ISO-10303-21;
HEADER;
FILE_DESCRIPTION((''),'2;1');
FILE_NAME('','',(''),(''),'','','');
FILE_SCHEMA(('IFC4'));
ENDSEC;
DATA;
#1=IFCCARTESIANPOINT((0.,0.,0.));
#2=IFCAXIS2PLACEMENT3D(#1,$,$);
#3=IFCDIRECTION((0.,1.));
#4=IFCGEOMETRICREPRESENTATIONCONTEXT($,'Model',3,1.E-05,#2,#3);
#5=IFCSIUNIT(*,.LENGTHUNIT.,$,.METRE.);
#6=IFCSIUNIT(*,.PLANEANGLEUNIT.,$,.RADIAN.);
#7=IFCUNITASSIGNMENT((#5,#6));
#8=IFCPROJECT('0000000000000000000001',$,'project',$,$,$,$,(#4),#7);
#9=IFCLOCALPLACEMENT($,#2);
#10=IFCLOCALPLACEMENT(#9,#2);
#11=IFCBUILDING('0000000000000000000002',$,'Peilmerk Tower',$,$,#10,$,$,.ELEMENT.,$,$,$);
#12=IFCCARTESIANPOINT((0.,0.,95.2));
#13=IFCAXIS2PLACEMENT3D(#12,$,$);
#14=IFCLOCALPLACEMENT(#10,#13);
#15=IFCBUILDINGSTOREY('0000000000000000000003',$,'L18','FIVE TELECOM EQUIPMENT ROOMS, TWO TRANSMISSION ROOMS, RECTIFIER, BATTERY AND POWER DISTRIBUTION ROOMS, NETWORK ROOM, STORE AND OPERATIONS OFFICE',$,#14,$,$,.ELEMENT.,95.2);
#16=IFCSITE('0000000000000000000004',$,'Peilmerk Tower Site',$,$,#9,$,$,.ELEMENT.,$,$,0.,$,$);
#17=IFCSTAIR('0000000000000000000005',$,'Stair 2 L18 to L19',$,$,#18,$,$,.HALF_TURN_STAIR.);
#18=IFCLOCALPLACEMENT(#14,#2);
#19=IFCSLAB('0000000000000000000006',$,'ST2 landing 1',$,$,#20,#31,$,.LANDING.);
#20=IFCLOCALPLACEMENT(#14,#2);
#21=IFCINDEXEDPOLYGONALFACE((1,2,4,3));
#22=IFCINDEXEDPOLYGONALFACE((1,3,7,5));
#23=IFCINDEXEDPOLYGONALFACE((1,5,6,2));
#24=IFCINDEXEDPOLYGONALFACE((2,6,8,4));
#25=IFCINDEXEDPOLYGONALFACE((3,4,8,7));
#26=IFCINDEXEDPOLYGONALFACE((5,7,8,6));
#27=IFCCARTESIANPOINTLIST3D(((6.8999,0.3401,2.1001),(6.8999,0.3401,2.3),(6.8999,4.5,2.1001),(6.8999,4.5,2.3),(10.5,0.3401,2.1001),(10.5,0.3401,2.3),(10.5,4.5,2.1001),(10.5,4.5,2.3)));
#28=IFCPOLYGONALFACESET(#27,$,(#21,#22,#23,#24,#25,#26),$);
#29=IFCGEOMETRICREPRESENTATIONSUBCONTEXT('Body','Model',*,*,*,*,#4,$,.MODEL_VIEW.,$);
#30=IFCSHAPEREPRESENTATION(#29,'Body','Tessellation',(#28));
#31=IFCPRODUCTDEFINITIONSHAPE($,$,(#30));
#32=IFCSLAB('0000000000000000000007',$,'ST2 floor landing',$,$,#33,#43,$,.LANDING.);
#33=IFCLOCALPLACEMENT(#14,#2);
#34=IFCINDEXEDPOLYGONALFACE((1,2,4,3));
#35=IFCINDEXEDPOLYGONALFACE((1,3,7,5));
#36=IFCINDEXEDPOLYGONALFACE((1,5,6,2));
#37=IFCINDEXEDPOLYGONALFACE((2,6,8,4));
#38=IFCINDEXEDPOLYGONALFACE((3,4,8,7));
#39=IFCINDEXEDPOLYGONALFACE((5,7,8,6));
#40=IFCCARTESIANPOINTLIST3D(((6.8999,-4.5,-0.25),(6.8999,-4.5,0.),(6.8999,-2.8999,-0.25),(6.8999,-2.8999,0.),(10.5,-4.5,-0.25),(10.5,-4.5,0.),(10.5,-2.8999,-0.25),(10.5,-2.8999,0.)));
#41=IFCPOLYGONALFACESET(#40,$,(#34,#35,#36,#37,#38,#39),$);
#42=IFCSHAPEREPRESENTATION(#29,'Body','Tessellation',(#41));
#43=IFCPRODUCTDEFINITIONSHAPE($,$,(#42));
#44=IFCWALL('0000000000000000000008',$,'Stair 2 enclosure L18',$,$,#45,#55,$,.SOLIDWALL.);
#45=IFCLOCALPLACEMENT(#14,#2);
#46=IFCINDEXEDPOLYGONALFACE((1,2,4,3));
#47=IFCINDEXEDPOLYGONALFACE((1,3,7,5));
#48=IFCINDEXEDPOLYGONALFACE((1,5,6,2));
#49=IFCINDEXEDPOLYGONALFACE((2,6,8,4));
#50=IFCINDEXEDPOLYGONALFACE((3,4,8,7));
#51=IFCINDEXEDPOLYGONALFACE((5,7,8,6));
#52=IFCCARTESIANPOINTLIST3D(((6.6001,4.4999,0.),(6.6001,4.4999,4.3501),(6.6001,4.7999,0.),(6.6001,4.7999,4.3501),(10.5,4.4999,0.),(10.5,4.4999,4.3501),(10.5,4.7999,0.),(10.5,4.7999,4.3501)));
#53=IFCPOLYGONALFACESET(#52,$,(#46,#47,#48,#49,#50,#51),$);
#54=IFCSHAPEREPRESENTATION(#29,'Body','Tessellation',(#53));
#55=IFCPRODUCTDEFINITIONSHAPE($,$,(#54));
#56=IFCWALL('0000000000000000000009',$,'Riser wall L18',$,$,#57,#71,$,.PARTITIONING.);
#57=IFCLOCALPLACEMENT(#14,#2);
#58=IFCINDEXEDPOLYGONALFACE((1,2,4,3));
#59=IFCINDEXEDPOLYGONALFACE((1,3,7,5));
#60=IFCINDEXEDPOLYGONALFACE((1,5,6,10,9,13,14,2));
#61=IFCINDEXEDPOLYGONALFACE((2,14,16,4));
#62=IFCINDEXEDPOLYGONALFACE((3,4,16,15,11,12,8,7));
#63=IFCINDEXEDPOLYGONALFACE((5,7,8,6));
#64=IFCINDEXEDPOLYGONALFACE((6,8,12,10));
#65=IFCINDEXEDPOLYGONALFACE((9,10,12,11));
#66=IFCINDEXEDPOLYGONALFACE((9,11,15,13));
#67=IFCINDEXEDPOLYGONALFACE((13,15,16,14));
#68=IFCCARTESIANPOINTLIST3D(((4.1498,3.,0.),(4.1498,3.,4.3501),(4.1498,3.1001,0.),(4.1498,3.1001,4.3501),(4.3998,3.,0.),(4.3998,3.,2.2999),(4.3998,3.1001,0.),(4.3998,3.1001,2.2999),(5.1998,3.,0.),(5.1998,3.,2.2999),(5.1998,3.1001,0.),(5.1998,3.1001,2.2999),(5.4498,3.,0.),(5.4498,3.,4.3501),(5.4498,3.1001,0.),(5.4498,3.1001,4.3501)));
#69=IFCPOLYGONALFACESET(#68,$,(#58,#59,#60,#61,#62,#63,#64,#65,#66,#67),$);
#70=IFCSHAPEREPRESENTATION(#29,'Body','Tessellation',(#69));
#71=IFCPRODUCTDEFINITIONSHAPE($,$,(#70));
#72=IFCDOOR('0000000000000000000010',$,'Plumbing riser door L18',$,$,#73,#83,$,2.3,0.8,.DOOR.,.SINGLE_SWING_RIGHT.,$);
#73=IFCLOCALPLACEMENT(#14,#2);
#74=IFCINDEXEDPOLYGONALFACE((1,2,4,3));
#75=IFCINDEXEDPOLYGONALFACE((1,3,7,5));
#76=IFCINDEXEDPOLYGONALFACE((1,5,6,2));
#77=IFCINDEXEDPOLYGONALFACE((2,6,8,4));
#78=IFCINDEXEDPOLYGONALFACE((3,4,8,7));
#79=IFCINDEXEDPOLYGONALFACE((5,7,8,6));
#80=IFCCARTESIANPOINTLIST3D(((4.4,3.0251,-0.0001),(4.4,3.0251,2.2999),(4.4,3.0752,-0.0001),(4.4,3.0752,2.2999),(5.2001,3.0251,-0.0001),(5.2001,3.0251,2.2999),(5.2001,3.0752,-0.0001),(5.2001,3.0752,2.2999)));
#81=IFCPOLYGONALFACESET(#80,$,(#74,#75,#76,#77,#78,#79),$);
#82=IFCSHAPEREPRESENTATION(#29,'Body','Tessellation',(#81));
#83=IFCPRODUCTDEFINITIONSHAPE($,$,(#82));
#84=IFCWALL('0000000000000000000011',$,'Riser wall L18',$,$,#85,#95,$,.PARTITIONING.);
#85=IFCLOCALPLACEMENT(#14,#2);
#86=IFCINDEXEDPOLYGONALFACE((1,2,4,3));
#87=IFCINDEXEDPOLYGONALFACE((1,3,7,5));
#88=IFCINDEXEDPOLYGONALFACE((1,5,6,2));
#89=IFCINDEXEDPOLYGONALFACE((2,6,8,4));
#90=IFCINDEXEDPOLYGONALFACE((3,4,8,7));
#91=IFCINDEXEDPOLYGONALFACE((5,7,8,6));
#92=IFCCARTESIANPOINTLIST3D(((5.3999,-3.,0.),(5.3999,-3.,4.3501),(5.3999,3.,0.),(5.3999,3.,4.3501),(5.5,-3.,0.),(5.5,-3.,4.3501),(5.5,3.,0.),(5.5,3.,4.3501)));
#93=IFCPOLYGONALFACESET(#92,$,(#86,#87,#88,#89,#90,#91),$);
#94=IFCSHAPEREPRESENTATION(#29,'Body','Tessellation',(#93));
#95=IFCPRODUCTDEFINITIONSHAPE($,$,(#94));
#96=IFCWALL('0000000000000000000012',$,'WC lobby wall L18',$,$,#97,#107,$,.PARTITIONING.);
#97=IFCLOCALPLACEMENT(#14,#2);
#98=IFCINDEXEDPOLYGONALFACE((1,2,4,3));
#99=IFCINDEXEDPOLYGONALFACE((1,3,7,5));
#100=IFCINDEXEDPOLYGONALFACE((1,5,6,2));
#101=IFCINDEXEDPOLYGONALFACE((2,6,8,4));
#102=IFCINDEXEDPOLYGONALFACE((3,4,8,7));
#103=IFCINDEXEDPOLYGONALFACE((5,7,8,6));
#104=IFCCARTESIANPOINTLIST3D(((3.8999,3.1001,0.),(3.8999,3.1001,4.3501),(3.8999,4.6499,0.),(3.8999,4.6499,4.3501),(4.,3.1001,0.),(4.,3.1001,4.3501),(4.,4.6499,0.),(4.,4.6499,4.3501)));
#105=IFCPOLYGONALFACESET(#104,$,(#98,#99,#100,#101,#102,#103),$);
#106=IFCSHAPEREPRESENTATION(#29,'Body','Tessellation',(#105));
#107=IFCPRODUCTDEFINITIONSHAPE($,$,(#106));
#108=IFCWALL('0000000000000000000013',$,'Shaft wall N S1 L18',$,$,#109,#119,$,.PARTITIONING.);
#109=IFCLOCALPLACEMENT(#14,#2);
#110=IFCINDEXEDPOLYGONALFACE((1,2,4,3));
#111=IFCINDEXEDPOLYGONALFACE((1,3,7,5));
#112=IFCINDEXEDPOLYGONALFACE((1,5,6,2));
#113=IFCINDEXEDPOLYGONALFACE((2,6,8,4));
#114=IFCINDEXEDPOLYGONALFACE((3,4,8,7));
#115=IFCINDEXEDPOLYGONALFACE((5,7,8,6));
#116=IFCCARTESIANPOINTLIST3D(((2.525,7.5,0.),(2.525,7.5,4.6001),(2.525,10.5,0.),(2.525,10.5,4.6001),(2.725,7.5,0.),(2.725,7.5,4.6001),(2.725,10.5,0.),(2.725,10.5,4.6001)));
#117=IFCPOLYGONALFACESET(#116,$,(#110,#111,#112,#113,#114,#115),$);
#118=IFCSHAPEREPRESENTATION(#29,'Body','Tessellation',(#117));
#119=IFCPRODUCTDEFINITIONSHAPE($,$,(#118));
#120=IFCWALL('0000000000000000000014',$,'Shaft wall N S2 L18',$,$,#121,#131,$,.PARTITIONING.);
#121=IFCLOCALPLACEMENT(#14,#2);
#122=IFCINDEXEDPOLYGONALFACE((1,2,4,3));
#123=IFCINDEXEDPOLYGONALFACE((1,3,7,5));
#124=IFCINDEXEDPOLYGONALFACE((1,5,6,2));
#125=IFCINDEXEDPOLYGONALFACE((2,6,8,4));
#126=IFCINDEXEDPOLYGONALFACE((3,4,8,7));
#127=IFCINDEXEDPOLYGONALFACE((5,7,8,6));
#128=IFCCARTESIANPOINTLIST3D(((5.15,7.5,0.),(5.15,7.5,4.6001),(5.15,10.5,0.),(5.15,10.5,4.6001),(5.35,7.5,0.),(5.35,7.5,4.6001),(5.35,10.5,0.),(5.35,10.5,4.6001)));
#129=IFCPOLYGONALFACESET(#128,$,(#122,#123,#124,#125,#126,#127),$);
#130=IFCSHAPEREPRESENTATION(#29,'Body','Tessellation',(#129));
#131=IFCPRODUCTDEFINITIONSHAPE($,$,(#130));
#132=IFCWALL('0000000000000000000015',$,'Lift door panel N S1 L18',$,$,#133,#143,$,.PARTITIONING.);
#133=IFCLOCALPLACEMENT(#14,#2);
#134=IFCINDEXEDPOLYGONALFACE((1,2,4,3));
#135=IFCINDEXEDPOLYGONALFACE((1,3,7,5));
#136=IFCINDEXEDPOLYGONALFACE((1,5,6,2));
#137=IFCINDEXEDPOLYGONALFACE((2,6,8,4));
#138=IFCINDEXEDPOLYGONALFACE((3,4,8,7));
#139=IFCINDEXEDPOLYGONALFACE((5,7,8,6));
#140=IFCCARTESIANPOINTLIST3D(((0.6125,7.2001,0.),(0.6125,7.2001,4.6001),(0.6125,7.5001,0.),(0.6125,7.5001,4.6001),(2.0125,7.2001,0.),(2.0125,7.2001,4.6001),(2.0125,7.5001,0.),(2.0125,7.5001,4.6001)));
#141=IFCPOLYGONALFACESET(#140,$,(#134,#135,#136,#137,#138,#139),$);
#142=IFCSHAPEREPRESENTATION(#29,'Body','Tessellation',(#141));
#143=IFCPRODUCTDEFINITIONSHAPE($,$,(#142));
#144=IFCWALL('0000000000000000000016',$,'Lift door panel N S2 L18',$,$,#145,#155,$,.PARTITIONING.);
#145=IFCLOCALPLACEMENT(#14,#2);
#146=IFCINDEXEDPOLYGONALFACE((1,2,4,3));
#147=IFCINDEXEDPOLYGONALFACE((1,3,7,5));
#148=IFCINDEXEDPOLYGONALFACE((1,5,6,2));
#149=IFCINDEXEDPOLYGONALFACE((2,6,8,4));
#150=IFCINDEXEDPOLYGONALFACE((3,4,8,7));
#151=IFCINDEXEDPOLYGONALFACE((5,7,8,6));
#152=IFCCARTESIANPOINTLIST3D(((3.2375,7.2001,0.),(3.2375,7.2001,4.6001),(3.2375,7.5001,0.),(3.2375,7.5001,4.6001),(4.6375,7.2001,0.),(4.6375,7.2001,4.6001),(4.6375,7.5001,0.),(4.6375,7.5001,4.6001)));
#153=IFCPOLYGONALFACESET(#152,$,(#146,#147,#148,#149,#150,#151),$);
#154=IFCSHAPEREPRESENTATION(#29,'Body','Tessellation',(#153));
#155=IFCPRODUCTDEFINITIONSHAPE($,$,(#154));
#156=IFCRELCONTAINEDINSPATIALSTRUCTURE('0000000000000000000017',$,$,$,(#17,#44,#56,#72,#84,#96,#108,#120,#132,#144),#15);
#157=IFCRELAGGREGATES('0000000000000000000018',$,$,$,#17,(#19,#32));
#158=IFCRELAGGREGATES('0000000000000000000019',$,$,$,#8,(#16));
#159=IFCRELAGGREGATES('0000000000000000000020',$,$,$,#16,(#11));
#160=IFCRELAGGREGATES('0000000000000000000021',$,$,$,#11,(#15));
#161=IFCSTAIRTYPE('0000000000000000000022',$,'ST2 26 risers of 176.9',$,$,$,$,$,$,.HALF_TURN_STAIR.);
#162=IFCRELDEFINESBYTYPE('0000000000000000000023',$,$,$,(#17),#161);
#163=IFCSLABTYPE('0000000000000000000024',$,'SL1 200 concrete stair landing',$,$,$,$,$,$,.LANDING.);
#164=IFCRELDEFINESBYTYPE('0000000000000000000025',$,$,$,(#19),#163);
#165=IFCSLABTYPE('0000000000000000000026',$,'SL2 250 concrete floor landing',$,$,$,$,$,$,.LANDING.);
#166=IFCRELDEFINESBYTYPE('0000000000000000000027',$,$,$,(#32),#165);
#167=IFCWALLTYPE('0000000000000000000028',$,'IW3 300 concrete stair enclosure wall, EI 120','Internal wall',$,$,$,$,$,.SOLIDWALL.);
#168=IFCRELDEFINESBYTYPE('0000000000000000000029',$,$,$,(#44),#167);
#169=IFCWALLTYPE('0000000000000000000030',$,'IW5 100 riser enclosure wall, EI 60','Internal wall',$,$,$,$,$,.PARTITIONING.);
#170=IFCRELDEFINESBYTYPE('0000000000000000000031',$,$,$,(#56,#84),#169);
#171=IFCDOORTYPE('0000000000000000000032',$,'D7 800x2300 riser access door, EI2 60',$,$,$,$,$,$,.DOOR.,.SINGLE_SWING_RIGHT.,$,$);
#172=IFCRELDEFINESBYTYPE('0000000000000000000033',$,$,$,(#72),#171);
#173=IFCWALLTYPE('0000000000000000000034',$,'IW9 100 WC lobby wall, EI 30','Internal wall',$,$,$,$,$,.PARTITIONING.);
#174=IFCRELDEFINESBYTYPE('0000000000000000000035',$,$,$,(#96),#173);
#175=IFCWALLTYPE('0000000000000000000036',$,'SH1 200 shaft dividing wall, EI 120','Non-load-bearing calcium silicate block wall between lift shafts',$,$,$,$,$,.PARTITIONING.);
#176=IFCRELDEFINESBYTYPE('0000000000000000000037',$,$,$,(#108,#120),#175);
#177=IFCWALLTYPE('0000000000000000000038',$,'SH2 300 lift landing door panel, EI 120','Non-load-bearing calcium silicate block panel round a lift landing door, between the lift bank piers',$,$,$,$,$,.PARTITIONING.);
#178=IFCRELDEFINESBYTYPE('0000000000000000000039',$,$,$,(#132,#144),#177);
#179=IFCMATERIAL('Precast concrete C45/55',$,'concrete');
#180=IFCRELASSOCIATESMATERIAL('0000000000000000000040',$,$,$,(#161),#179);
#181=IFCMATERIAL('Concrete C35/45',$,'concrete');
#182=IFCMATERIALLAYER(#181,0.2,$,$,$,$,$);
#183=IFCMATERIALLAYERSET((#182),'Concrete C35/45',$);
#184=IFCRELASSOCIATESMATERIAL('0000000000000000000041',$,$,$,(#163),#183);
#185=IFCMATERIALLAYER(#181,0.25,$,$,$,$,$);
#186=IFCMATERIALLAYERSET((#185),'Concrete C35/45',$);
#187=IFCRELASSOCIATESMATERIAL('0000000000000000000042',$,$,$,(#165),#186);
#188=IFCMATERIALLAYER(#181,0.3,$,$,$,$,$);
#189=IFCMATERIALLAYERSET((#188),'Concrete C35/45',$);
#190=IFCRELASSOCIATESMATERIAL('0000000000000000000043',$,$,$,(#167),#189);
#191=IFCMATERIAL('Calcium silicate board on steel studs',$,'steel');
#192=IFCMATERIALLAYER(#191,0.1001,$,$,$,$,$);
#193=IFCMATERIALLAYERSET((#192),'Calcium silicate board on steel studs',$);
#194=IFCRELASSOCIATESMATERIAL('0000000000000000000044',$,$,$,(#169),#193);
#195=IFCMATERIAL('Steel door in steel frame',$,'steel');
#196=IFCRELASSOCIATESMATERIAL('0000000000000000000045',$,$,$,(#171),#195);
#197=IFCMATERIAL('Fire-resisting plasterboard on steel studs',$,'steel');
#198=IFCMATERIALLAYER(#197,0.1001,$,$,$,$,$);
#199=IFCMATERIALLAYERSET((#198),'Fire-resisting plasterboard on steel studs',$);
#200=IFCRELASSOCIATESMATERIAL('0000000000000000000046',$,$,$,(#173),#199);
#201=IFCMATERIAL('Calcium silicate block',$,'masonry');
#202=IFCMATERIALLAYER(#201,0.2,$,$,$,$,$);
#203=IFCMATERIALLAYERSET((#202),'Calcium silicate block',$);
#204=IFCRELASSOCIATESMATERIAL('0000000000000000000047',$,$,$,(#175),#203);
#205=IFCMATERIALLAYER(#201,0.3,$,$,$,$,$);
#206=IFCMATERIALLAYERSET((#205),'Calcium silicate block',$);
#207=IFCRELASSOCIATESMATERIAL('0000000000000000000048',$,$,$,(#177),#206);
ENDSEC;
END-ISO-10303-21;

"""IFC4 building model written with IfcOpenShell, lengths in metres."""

from ifc_helpers import new_model, si_unit, direction, frame, frame_2d, origin, place, context, subcontext, project, spatial, polyline, rectangle, outline, extrude, material, layer, layer_set, type_object, element, fill, aggregate, save


model = new_model("IFC4")

# Units and contexts
model_context = context("Model", 3, precision=1e-05, world=origin(), true_north=direction((0.0, 1.0)))
body_context = subcontext(model_context, "Body", "Model", "MODEL_VIEW")
ifc_project = project(units=[si_unit("LENGTHUNIT", "METRE"), si_unit("PLANEANGLEUNIT", "RADIAN")], contexts=[model_context])

# Site, building, storey
site_placement = place(None, origin())
site = spatial("IfcSite", under=ifc_project, at=site_placement, Name="Peilmerk Tower Site", CompositionType="ELEMENT", RefElevation=0.0)
building_placement = place(site_placement, origin())
building = spatial("IfcBuilding", under=site, at=building_placement, Name="Peilmerk Tower", CompositionType="ELEMENT")
storey_placement = place(building_placement, frame((0.0, 0.0, 95.2)))
storey = spatial("IfcBuildingStorey", under=building, at=storey_placement, Name="L18", Description="FIVE TELECOM EQUIPMENT ROOMS, TWO TRANSMISSION ROOMS, RECTIFIER, BATTERY AND POWER DISTRIBUTION ROOMS, NETWORK ROOM, STORE AND OPERATIONS OFFICE", CompositionType="ELEMENT", Elevation=95.2)

# Stair, slabs
ifc_material_1 = material(Name="Precast concrete C45/55", Category="concrete")
stair_type = type_object("IfcStairType", Name="ST2 26 risers of 176.9", PredefinedType="HALF_TURN_STAIR", material=ifc_material_1)
stair_placement = place(storey_placement, origin())
stair = element("IfcStair", 1, at=stair_placement, inside=storey, type_object=stair_type, Name="Stair 2 L18 to L19", PredefinedType="HALF_TURN_STAIR")
ifc_material_2 = material(Name="Concrete C35/45", Category="concrete")
ifc_layer_1 = layer(ifc_material_2, 0.2)
ifc_layer_set_1 = layer_set([ifc_layer_1], Name="Concrete C35/45")
slab_type_1 = type_object("IfcSlabType", Name="SL1 200 concrete stair landing", PredefinedType="LANDING", material=ifc_layer_set_1)
slab_1_placement = place(storey_placement, frame((0.0, 0.0, 2.1001)))
slab_1 = element("IfcSlab", 2, at=slab_1_placement, type_object=slab_type_1, Name="ST2 landing 1", PredefinedType="LANDING", context=body_context, shape_type="SweptSolid", body=[
    extrude(outline(polyline([(6.8999, 0.3401), (10.5, 0.3401), (10.5, 4.5), (6.8999, 4.5), (6.8999, 0.3401)])), origin(), (0.0, 0.0, 1.0), 0.2),
])
ifc_layer_2 = layer(ifc_material_2, 0.25)
ifc_layer_set_2 = layer_set([ifc_layer_2], Name="Concrete C35/45")
slab_type_2 = type_object("IfcSlabType", Name="SL2 250 concrete floor landing", PredefinedType="LANDING", material=ifc_layer_set_2)
slab_2_placement = place(storey_placement, frame((0.0, 0.0, -0.25)))
slab_2 = element("IfcSlab", 3, at=slab_2_placement, type_object=slab_type_2, Name="ST2 floor landing", PredefinedType="LANDING", context=body_context, shape_type="SweptSolid", body=[
    extrude(outline(polyline([(6.8999, -4.5), (10.5, -4.5), (10.5, -2.8999), (6.8999, -2.8999), (6.8999, -4.5)])), origin(), (0.0, 0.0, 1.0), 0.25),
])
aggregate(stair, [slab_1, slab_2])

# Wall
ifc_layer_3 = layer(ifc_material_2, 0.3)
ifc_layer_set_3 = layer_set([ifc_layer_3], Name="Concrete C35/45")
wall_type_1 = type_object("IfcWallType", Name="IW3 300 concrete stair enclosure wall, EI 120", Description="Internal wall", PredefinedType="SOLIDWALL", material=ifc_layer_set_3)
wall_1_placement = place(storey_placement, frame((6.6001, 4.6499, 0.0), z_axis=(0.0, 0.0, 1.0), x_axis=(1.0, 0.0, 0.0)))
element("IfcWall", 4, at=wall_1_placement, inside=storey, type_object=wall_type_1, Name="Stair 2 enclosure L18", PredefinedType="SOLIDWALL", context=body_context, shape_type="SweptSolid", body=[
    extrude(rectangle(XDim=3.8999, YDim=0.3, at=frame_2d((1.95, 0.0))), origin(), (0.0, 0.0, 1.0), 4.3501),
])

# Wall, opening, door
ifc_material_3 = material(Name="Calcium silicate board on steel studs", Category="steel")
ifc_layer_4 = layer(ifc_material_3, 0.1001)
ifc_layer_set_4 = layer_set([ifc_layer_4], Name="Calcium silicate board on steel studs")
wall_type_2 = type_object("IfcWallType", Name="IW5 100 riser enclosure wall, EI 60", Description="Internal wall", PredefinedType="PARTITIONING", material=ifc_layer_set_4)
wall_2_placement = place(storey_placement, frame((4.1499, 3.05, 0.0), z_axis=(0.0, 0.0, 1.0), x_axis=(1.0, 0.0, 0.0)))
wall_2 = element("IfcWall", 5, at=wall_2_placement, inside=storey, type_object=wall_type_2, Name="Riser wall L18", PredefinedType="PARTITIONING", context=body_context, shape_type="SweptSolid", body=[
    extrude(rectangle(XDim=1.3, YDim=0.1001, at=frame_2d((0.6499, 0.0))), origin(), (0.0, 0.0, 1.0), 4.3501),
])
opening_1_placement = place(wall_2_placement, frame((0.25, 0.0, 0.0)))
opening_1 = element("IfcOpeningElement", 6, at=opening_1_placement, cuts=wall_2, PredefinedType="OPENING", context=body_context, shape_type="SweptSolid", body=[
    extrude(rectangle(XDim=0.8, YDim=2.3, at=frame_2d((0.3999, 1.1499))), frame((0.0, 0.0601, 0.0), z_axis=(0.0, -1.0, 0.0), x_axis=(1.0, 0.0, 0.0)), (0.0, 0.0, 1.0), 0.1201),
])
ifc_material_4 = material(Name="Steel door in steel frame", Category="steel")
door_type_1 = type_object("IfcDoorType", Name="D7 800x2300 riser access door, EI2 60", OperationType="SINGLE_SWING_RIGHT", PredefinedType="DOOR", material=ifc_material_4)
door_1_placement = place(opening_1_placement, frame((0.8, 0.0, 0.0), z_axis=(0.0, 0.0, 1.0), x_axis=(-1.0, 0.0, 0.0)))
door_1 = element("IfcDoor", 7, at=door_1_placement, inside=storey, type_object=door_type_1, Name="Plumbing riser door L18", OperationType="SINGLE_SWING_RIGHT", OverallHeight=2.3, OverallWidth=0.8, PredefinedType="DOOR", context=body_context, shape_type="SweptSolid", body=[
    extrude(rectangle(XDim=0.8, YDim=2.3, at=frame_2d((0.3999, 1.1499))), frame((0.0, 0.0249, 0.0), z_axis=(0.0, -1.0, 0.0), x_axis=(1.0, 0.0, 0.0)), (0.0, 0.0, 1.0), 0.05),
])
fill(opening_1, door_1)

# Walls
wall_3_placement = place(storey_placement, frame((5.45, 3.0, 0.0), z_axis=(0.0, 0.0, 1.0), x_axis=(0.0, -1.0, 0.0)))
element("IfcWall", 8, at=wall_3_placement, inside=storey, type_object=wall_type_2, Name="Riser wall L18", PredefinedType="PARTITIONING", context=body_context, shape_type="SweptSolid", body=[
    extrude(rectangle(XDim=6.0, YDim=0.1001, at=frame_2d((3.0, 0.0))), origin(), (0.0, 0.0, 1.0), 4.3501),
])
ifc_material_5 = material(Name="Fire-resisting plasterboard on steel studs", Category="steel")
ifc_layer_5 = layer(ifc_material_5, 0.1001)
ifc_layer_set_5 = layer_set([ifc_layer_5], Name="Fire-resisting plasterboard on steel studs")
wall_type_3 = type_object("IfcWallType", Name="IW9 100 WC lobby wall, EI 30", Description="Internal wall", PredefinedType="PARTITIONING", material=ifc_layer_set_5)
wall_4_placement = place(storey_placement, frame((3.95, 3.1001, 0.0), z_axis=(0.0, 0.0, 1.0), x_axis=(0.0, 1.0, 0.0)))
element("IfcWall", 9, at=wall_4_placement, inside=storey, type_object=wall_type_3, Name="WC lobby wall L18", PredefinedType="PARTITIONING", context=body_context, shape_type="SweptSolid", body=[
    extrude(rectangle(XDim=1.5498, YDim=0.1001, at=frame_2d((0.7749, 0.0))), origin(), (0.0, 0.0, 1.0), 4.3501),
])
ifc_material_6 = material(Name="Calcium silicate block", Category="masonry")
ifc_layer_6 = layer(ifc_material_6, 0.2)
ifc_layer_set_6 = layer_set([ifc_layer_6], Name="Calcium silicate block")
wall_type_4 = type_object("IfcWallType", Name="SH1 200 shaft dividing wall, EI 120", Description="Non-load-bearing calcium silicate block wall between lift shafts", PredefinedType="PARTITIONING", material=ifc_layer_set_6)
for number, where, z_axis, x_axis, name in (
    (10, (2.625, 7.5, 0.0), (0.0, 0.0, 1.0), (0.0, 1.0, 0.0), "Shaft wall N S1 L18"),
    (11, (5.25, 7.5, 0.0), (0.0, 0.0, 1.0), (0.0, 1.0, 0.0), "Shaft wall N S2 L18"),
):
    element("IfcWall", number, at=place(storey_placement, frame(where, z_axis=z_axis, x_axis=x_axis)), inside=storey, type_object=wall_type_4, Name=name, PredefinedType="PARTITIONING", context=body_context, shape_type="SweptSolid", body=[
        extrude(rectangle(XDim=3.0, YDim=0.2, at=frame_2d((1.5, 0.0))), origin(), (0.0, 0.0, 1.0), 4.6001),
    ])
ifc_layer_7 = layer(ifc_material_6, 0.3)
ifc_layer_set_7 = layer_set([ifc_layer_7], Name="Calcium silicate block")
wall_type_5 = type_object("IfcWallType", Name="SH2 300 lift landing door panel, EI 120", Description="Non-load-bearing calcium silicate block panel round a lift landing door, between the lift bank piers", PredefinedType="PARTITIONING", material=ifc_layer_set_7)
for number, where, z_axis, x_axis, name in (
    (12, (0.6125, 7.3501, 0.0), (0.0, 0.0, 1.0), (1.0, 0.0, 0.0), "Lift door panel N S1 L18"),
    (13, (3.2375, 7.3501, 0.0), (0.0, 0.0, 1.0), (1.0, 0.0, 0.0), "Lift door panel N S2 L18"),
):
    element("IfcWall", number, at=place(storey_placement, frame(where, z_axis=z_axis, x_axis=x_axis)), inside=storey, type_object=wall_type_5, Name=name, PredefinedType="PARTITIONING", context=body_context, shape_type="SweptSolid", body=[
        extrude(rectangle(XDim=1.3999, YDim=0.3, at=frame_2d((0.7, 0.0))), origin(), (0.0, 0.0, 1.0), 4.6001),
    ])

save(model, "model.ifc")
